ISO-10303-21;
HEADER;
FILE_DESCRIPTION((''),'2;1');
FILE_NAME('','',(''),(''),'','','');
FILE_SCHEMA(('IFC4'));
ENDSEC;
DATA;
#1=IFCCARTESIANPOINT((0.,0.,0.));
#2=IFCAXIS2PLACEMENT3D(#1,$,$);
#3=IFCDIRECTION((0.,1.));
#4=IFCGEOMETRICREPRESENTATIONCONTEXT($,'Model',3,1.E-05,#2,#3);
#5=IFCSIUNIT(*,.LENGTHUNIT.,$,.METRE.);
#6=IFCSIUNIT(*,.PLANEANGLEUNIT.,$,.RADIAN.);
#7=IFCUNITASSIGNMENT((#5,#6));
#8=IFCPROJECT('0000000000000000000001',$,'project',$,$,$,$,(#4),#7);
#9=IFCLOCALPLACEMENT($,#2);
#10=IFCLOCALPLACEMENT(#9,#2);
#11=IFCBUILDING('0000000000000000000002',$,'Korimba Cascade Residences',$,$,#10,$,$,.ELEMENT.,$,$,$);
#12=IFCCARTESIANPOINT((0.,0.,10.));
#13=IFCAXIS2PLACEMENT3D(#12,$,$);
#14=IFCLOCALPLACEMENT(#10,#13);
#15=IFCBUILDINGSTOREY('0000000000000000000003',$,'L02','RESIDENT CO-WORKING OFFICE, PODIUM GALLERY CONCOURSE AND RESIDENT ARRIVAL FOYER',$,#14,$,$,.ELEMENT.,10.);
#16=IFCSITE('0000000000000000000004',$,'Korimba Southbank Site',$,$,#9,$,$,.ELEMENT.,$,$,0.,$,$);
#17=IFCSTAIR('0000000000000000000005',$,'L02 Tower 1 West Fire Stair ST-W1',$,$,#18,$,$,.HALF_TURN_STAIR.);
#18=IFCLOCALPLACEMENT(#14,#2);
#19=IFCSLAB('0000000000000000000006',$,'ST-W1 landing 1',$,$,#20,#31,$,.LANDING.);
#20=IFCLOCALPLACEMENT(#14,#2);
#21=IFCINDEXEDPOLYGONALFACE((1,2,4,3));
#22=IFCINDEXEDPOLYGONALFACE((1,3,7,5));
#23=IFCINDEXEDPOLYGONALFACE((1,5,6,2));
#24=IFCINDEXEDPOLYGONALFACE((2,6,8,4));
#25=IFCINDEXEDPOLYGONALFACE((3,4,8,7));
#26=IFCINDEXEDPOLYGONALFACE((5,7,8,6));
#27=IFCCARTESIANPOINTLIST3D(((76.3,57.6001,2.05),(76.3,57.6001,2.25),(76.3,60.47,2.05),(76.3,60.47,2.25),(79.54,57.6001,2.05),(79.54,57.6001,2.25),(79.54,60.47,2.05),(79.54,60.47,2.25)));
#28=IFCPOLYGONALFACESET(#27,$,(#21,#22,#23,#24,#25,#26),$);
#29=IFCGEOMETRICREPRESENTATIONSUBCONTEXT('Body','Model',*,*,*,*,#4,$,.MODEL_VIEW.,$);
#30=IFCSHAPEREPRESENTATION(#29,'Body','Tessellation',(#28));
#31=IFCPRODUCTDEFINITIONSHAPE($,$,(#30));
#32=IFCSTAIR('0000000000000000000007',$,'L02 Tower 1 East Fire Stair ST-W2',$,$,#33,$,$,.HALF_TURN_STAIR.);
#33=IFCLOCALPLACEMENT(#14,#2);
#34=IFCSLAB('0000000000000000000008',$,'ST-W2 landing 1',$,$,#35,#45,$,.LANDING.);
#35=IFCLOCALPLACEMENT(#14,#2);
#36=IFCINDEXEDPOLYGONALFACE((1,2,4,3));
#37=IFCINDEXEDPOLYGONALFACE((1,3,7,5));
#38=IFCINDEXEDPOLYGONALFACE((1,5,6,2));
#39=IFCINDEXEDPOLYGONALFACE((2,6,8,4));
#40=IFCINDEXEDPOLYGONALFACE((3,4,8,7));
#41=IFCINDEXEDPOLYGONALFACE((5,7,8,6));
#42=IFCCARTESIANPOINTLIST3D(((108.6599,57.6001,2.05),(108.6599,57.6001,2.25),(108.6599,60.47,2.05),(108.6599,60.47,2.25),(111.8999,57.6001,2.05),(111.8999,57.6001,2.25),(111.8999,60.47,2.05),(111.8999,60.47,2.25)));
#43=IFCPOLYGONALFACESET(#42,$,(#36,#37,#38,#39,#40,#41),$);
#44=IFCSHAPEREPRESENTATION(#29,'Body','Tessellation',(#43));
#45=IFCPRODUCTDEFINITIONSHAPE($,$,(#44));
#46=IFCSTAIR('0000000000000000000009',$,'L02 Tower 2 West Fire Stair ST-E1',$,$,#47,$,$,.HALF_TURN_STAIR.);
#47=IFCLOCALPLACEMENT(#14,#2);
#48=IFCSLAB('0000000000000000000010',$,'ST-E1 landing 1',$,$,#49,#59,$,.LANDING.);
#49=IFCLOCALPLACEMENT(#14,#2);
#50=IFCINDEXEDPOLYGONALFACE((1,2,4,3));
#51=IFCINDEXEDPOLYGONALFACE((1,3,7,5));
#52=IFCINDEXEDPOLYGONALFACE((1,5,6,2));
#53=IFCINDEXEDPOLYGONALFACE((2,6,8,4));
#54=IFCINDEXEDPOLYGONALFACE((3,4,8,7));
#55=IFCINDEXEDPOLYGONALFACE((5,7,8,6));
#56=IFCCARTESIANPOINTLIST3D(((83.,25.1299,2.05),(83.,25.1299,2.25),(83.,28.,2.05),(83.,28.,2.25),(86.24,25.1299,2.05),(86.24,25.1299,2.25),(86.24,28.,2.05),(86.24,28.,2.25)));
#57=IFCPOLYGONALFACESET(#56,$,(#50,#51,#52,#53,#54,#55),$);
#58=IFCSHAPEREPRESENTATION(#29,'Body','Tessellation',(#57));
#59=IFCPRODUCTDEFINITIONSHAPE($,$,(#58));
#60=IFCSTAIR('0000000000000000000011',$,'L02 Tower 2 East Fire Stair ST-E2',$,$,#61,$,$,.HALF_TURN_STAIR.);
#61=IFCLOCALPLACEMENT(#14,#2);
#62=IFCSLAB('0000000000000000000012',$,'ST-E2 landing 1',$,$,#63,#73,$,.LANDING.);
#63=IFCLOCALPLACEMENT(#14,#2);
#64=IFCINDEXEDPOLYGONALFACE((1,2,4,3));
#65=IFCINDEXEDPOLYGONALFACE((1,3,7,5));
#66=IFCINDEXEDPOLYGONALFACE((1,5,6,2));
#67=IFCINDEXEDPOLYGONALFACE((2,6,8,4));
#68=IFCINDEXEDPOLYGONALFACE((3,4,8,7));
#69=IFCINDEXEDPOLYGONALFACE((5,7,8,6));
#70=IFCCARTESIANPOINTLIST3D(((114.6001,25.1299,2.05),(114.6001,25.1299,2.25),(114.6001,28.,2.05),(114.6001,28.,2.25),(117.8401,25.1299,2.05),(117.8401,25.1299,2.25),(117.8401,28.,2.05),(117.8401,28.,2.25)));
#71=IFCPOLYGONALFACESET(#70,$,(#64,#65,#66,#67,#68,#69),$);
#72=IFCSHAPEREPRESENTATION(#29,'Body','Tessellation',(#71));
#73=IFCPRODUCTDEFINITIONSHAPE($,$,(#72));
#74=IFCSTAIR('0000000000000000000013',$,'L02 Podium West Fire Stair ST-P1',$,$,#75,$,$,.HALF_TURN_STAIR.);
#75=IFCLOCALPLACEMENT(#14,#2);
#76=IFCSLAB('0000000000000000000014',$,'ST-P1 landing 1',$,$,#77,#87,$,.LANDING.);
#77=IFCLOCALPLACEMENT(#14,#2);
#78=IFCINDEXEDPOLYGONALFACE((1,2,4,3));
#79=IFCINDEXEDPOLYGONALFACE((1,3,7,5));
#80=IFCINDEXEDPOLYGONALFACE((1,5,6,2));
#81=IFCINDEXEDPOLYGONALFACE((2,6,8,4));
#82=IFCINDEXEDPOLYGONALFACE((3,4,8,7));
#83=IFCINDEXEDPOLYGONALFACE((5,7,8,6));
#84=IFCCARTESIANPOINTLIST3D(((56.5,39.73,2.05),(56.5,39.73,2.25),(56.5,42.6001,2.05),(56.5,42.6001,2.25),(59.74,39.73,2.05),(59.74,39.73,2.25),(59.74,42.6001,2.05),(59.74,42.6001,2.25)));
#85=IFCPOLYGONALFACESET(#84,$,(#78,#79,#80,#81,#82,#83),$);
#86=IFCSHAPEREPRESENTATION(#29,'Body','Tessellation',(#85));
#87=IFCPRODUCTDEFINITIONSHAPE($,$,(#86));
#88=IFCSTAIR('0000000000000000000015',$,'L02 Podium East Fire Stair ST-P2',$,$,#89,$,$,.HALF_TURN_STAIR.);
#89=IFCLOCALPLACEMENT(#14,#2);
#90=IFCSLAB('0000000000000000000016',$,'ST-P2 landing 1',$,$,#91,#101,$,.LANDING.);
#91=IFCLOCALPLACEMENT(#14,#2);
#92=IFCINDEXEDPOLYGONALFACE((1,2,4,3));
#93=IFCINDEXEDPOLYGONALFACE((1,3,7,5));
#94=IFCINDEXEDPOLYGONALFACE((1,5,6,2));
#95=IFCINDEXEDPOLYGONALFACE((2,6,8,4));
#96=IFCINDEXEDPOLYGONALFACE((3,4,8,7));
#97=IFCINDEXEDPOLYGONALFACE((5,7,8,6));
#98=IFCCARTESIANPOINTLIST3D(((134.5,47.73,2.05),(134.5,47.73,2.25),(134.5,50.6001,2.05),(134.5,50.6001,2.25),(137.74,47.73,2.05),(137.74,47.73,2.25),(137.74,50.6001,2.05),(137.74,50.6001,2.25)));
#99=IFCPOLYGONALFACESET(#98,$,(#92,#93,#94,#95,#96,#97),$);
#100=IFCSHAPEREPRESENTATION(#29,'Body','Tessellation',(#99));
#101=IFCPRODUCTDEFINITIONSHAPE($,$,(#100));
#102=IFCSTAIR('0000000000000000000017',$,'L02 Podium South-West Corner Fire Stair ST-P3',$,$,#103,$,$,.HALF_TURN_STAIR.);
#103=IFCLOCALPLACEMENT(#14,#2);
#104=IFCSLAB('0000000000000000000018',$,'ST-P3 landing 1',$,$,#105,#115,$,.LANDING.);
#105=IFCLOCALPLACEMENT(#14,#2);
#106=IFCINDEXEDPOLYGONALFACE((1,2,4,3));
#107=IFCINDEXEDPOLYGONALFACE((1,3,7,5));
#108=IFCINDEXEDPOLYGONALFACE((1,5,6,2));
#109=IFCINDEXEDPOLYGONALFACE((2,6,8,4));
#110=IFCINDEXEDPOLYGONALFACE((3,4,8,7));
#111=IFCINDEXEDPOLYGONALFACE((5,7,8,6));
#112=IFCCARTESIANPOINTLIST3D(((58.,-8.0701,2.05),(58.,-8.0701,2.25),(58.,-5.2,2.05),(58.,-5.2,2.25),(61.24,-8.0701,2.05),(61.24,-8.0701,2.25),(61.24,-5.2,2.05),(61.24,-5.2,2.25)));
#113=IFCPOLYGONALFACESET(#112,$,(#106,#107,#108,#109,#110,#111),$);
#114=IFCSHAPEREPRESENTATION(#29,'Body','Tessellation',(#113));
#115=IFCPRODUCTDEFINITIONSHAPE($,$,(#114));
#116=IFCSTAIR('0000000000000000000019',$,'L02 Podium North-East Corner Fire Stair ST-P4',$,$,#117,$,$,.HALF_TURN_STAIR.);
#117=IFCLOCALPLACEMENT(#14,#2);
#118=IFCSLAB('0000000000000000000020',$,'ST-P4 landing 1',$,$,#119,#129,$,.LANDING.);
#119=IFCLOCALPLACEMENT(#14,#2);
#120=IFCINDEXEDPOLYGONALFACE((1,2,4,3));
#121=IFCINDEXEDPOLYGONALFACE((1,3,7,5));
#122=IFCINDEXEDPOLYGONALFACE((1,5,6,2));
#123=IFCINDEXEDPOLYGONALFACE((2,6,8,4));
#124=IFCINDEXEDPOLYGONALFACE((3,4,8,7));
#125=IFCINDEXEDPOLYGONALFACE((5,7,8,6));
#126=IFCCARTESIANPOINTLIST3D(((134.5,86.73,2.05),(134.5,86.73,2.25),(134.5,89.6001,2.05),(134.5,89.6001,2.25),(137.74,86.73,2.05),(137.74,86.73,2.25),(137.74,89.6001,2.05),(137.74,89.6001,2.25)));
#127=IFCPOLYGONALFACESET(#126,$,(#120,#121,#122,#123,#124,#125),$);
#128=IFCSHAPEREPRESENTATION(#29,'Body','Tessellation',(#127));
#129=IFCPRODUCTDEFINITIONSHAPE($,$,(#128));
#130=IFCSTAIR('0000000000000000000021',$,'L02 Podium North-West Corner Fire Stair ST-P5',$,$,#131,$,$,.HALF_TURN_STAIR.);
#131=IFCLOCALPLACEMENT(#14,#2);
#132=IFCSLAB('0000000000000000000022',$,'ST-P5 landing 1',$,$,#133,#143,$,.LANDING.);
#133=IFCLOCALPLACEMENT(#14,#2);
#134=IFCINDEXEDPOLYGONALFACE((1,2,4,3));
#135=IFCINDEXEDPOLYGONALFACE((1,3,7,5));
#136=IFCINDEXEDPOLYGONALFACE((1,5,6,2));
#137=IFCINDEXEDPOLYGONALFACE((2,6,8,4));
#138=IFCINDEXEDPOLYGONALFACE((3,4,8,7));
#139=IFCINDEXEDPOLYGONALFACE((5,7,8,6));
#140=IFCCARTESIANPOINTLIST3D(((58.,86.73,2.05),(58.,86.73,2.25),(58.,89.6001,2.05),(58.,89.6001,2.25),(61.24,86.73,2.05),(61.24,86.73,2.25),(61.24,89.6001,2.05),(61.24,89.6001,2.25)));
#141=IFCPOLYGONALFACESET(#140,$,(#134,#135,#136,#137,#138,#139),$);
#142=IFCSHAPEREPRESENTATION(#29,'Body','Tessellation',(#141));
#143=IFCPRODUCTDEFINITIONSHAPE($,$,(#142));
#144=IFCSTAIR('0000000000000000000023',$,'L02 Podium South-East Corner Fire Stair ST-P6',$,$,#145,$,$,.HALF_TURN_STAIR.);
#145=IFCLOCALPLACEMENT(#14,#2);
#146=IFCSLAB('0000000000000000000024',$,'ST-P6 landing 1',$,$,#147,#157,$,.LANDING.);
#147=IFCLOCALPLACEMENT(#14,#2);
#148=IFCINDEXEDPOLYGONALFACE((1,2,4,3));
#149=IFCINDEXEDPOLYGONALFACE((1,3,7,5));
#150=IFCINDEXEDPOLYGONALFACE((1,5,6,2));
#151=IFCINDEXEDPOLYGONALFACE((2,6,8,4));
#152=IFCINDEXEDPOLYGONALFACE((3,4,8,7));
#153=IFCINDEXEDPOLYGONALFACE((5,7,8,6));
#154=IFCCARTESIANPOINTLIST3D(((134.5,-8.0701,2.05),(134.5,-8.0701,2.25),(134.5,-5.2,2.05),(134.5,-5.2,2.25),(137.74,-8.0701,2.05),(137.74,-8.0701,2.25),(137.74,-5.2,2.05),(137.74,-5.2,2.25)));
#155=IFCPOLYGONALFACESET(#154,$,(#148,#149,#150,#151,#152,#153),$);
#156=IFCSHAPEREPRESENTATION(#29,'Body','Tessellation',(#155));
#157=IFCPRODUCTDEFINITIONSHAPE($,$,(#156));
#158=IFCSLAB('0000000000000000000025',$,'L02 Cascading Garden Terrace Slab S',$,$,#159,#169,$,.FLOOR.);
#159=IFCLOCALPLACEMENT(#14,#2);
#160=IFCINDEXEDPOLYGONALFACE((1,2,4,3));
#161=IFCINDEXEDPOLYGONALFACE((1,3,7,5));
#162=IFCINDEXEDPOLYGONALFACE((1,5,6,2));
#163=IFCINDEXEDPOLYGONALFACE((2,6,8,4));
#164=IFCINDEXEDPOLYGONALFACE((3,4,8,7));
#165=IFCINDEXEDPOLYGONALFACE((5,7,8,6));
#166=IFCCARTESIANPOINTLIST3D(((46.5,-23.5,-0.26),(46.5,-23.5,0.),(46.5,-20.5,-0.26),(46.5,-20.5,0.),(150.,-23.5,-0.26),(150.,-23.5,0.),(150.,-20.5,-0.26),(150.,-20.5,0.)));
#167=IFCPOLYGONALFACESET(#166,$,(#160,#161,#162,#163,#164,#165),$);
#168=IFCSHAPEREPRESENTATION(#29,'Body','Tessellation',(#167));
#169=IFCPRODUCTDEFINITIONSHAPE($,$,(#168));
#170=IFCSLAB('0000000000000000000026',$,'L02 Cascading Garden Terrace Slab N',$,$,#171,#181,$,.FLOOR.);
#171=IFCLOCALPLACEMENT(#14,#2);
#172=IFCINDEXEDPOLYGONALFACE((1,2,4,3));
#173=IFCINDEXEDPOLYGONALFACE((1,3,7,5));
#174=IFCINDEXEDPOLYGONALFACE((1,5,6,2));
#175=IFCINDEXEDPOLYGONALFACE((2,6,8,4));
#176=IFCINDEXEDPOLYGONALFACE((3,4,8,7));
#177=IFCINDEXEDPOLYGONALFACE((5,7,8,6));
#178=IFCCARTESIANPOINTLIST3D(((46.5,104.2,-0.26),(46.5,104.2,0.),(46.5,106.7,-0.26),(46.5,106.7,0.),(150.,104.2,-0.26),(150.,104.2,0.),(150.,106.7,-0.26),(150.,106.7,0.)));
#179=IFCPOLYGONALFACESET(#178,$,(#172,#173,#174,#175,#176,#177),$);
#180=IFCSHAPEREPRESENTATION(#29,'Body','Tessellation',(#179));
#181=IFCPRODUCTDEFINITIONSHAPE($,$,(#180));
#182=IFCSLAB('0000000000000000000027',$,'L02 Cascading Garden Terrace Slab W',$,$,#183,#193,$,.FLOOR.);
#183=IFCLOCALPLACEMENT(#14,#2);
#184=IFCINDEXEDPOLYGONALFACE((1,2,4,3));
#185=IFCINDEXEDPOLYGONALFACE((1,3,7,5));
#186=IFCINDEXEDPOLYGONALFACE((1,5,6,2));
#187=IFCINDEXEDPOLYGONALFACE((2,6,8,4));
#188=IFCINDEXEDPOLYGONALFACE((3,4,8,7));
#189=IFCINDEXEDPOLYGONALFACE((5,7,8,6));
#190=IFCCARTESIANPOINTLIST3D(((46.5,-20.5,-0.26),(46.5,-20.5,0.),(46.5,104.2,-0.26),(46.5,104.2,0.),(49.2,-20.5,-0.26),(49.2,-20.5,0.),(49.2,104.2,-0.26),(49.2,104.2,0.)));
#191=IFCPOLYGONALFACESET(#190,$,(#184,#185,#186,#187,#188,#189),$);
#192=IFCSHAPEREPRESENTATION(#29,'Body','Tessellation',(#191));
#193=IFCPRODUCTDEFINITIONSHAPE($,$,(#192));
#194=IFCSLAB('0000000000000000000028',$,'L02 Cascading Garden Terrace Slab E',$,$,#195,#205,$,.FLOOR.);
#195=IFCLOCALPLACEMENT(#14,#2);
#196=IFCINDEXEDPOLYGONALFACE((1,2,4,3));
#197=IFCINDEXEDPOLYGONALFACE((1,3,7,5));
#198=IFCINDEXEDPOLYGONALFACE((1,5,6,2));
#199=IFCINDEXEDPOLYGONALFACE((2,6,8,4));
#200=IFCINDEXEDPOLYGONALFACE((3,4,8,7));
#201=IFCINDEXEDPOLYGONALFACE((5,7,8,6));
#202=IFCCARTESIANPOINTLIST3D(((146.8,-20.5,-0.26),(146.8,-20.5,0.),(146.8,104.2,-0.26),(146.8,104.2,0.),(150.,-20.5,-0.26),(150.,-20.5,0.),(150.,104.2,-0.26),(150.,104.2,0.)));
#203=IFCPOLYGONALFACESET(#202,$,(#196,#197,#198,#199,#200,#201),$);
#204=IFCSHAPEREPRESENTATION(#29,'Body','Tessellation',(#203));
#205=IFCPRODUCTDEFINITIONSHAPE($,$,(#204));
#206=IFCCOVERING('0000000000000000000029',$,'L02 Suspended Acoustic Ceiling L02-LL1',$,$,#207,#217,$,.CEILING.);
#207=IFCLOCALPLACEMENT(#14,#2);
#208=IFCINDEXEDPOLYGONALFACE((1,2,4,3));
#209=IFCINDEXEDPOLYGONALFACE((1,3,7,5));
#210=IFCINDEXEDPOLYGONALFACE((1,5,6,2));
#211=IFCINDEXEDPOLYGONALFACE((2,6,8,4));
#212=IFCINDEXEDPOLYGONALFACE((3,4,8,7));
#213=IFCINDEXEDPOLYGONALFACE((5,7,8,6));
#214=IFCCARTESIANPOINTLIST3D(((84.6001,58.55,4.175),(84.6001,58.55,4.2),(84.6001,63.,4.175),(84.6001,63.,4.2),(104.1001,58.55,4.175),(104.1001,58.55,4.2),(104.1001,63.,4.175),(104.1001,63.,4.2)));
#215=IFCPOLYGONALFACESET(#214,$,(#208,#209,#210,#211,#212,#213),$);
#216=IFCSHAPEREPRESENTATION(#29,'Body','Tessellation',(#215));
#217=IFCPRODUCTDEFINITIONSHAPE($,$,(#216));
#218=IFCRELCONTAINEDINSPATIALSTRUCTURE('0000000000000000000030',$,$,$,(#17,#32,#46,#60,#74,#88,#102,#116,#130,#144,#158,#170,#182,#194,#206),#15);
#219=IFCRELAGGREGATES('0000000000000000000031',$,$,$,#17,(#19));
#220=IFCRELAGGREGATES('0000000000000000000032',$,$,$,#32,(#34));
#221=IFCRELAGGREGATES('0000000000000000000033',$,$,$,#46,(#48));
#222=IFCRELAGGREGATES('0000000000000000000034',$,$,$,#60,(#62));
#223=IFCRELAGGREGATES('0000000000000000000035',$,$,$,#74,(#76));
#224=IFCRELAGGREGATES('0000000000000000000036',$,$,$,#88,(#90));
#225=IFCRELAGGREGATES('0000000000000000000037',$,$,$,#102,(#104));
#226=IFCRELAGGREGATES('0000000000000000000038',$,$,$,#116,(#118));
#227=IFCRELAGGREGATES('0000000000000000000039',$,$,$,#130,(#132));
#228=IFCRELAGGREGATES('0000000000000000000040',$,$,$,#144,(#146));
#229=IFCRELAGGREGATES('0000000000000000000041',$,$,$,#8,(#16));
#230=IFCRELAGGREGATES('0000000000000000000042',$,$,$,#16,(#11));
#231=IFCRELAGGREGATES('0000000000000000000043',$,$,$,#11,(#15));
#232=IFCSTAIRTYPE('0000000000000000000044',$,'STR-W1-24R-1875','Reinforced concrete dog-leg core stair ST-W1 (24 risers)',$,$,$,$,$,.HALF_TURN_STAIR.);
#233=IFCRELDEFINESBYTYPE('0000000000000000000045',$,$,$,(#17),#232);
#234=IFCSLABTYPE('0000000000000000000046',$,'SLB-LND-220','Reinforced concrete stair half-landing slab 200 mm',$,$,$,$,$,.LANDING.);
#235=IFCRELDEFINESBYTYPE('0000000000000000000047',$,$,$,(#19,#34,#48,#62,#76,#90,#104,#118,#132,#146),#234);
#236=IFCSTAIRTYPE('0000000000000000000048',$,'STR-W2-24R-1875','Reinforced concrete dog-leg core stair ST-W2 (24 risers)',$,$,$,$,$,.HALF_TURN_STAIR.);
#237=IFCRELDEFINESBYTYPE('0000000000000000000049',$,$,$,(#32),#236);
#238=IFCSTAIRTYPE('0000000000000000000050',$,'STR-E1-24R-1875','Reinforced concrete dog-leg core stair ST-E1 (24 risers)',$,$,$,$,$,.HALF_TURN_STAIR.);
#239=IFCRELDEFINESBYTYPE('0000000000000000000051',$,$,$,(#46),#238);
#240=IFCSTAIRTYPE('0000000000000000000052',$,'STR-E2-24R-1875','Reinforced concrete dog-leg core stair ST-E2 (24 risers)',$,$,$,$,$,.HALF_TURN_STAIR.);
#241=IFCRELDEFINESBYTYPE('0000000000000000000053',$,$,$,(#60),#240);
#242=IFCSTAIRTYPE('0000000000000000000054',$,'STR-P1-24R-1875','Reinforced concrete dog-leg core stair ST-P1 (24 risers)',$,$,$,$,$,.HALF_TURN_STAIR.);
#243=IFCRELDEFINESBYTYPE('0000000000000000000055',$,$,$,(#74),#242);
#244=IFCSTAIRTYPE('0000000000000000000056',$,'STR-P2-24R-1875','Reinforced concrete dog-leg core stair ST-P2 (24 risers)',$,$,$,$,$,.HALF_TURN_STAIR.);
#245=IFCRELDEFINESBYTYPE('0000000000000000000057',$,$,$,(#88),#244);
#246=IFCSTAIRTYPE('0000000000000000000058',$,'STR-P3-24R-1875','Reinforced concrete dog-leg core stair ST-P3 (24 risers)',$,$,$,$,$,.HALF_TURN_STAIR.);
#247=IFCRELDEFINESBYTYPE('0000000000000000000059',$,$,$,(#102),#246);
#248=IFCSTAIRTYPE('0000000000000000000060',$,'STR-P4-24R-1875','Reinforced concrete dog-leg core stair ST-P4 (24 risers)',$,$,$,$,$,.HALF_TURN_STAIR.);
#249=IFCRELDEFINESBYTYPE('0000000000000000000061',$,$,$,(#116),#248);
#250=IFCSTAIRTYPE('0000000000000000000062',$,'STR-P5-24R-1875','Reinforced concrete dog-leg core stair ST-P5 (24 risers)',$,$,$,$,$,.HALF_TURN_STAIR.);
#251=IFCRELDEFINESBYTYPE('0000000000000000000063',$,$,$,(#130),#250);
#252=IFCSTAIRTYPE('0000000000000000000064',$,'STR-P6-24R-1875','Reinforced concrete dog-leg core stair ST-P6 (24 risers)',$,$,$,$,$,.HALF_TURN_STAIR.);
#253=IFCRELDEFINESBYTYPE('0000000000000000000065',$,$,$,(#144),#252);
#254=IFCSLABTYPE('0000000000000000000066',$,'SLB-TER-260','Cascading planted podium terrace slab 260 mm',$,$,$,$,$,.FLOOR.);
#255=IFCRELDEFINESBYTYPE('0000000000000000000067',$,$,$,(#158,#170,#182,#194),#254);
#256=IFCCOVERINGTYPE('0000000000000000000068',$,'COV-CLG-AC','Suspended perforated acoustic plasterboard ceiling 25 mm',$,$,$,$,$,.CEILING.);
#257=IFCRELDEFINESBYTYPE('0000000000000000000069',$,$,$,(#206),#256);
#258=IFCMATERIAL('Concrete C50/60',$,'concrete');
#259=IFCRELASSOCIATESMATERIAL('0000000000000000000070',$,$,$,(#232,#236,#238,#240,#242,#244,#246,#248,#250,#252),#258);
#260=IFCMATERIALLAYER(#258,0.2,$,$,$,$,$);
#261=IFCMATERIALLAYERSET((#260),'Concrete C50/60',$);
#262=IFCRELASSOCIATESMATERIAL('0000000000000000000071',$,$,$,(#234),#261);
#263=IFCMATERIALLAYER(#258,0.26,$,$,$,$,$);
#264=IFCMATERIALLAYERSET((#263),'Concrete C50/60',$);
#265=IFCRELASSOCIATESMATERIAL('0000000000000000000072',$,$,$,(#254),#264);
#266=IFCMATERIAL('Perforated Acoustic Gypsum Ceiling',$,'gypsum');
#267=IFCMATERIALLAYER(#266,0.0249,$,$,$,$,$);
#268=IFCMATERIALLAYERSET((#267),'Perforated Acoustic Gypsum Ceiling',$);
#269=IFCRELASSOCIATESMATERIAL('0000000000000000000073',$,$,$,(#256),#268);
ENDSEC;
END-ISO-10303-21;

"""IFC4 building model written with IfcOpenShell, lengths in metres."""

from ifc_helpers import new_model, si_unit, direction, frame, origin, place, context, subcontext, project, spatial, polyline, outline, extrude, material, layer, layer_set, type_object, element, aggregate, save


model = new_model("IFC4")

# Units and contexts
model_context = context("Model", 3, precision=1e-05, world=origin(), true_north=direction((0.0, 1.0)))
body_context = subcontext(model_context, "Body", "Model", "MODEL_VIEW")
ifc_project = project(units=[si_unit("LENGTHUNIT", "METRE"), si_unit("PLANEANGLEUNIT", "RADIAN")], contexts=[model_context])

# Site, building, storey
site_placement = place(None, origin())
site = spatial("IfcSite", under=ifc_project, at=site_placement, Name="Korimba Southbank Site", CompositionType="ELEMENT", RefElevation=0.0)
building_placement = place(site_placement, origin())
building = spatial("IfcBuilding", under=site, at=building_placement, Name="Korimba Cascade Residences", CompositionType="ELEMENT")
storey_placement = place(building_placement, frame((0.0, 0.0, 10.0)))
storey = spatial("IfcBuildingStorey", under=building, at=storey_placement, Name="L02", Description="RESIDENT CO-WORKING OFFICE, PODIUM GALLERY CONCOURSE AND RESIDENT ARRIVAL FOYER", CompositionType="ELEMENT", Elevation=10.0)

# Stairs, slabs
ifc_material_1 = material(Name="Concrete C50/60", Category="concrete")
stair_type_1 = type_object("IfcStairType", Name="STR-W1-24R-1875", Description="Reinforced concrete dog-leg core stair ST-W1 (24 risers)", PredefinedType="HALF_TURN_STAIR", material=ifc_material_1)
stair_1_placement = place(storey_placement, origin())
stair_1 = element("IfcStair", 1, at=stair_1_placement, inside=storey, type_object=stair_type_1, Name="L02 Tower 1 West Fire Stair ST-W1", PredefinedType="HALF_TURN_STAIR")
ifc_layer_1 = layer(ifc_material_1, 0.2)
ifc_layer_set_1 = layer_set([ifc_layer_1], Name="Concrete C50/60")
slab_type_1 = type_object("IfcSlabType", Name="SLB-LND-220", Description="Reinforced concrete stair half-landing slab 200 mm", PredefinedType="LANDING", material=ifc_layer_set_1)
slab_1_placement = place(storey_placement, frame((0.0, 0.0, 2.05)))
slab_1 = element("IfcSlab", 2, at=slab_1_placement, type_object=slab_type_1, Name="ST-W1 landing 1", PredefinedType="LANDING", context=body_context, shape_type="SweptSolid", body=[
    extrude(outline(polyline([(76.3, 60.47), (76.3, 57.6001), (79.54, 57.6001), (79.54, 60.47), (76.3, 60.47)])), origin(), (0.0, 0.0, 1.0), 0.2),
])
aggregate(stair_1, [slab_1])
stair_type_2 = type_object("IfcStairType", Name="STR-W2-24R-1875", Description="Reinforced concrete dog-leg core stair ST-W2 (24 risers)", PredefinedType="HALF_TURN_STAIR", material=ifc_material_1)
stair_2_placement = place(storey_placement, origin())
stair_2 = element("IfcStair", 3, at=stair_2_placement, inside=storey, type_object=stair_type_2, Name="L02 Tower 1 East Fire Stair ST-W2", PredefinedType="HALF_TURN_STAIR")
slab_2_placement = place(storey_placement, frame((0.0, 0.0, 2.05)))
slab_2 = element("IfcSlab", 4, at=slab_2_placement, type_object=slab_type_1, Name="ST-W2 landing 1", PredefinedType="LANDING", context=body_context, shape_type="SweptSolid", body=[
    extrude(outline(polyline([(108.6599, 60.47), (108.6599, 57.6001), (111.8999, 57.6001), (111.8999, 60.47), (108.6599, 60.47)])), origin(), (0.0, 0.0, 1.0), 0.2),
])
aggregate(stair_2, [slab_2])
stair_type_3 = type_object("IfcStairType", Name="STR-E1-24R-1875", Description="Reinforced concrete dog-leg core stair ST-E1 (24 risers)", PredefinedType="HALF_TURN_STAIR", material=ifc_material_1)
stair_3_placement = place(storey_placement, origin())
stair_3 = element("IfcStair", 5, at=stair_3_placement, inside=storey, type_object=stair_type_3, Name="L02 Tower 2 West Fire Stair ST-E1", PredefinedType="HALF_TURN_STAIR")
slab_3_placement = place(storey_placement, frame((0.0, 0.0, 2.05)))
slab_3 = element("IfcSlab", 6, at=slab_3_placement, type_object=slab_type_1, Name="ST-E1 landing 1", PredefinedType="LANDING", context=body_context, shape_type="SweptSolid", body=[
    extrude(outline(polyline([(86.24, 25.1299), (86.24, 28.0), (83.0, 28.0), (83.0, 25.1299), (86.24, 25.1299)])), origin(), (0.0, 0.0, 1.0), 0.2),
])
aggregate(stair_3, [slab_3])
stair_type_4 = type_object("IfcStairType", Name="STR-E2-24R-1875", Description="Reinforced concrete dog-leg core stair ST-E2 (24 risers)", PredefinedType="HALF_TURN_STAIR", material=ifc_material_1)
stair_4_placement = place(storey_placement, origin())
stair_4 = element("IfcStair", 7, at=stair_4_placement, inside=storey, type_object=stair_type_4, Name="L02 Tower 2 East Fire Stair ST-E2", PredefinedType="HALF_TURN_STAIR")
slab_4_placement = place(storey_placement, frame((0.0, 0.0, 2.05)))
slab_4 = element("IfcSlab", 8, at=slab_4_placement, type_object=slab_type_1, Name="ST-E2 landing 1", PredefinedType="LANDING", context=body_context, shape_type="SweptSolid", body=[
    extrude(outline(polyline([(117.8401, 25.1299), (117.8401, 28.0), (114.6001, 28.0), (114.6001, 25.1299), (117.8401, 25.1299)])), origin(), (0.0, 0.0, 1.0), 0.2),
])
aggregate(stair_4, [slab_4])
stair_type_5 = type_object("IfcStairType", Name="STR-P1-24R-1875", Description="Reinforced concrete dog-leg core stair ST-P1 (24 risers)", PredefinedType="HALF_TURN_STAIR", material=ifc_material_1)
stair_5_placement = place(storey_placement, origin())
stair_5 = element("IfcStair", 9, at=stair_5_placement, inside=storey, type_object=stair_type_5, Name="L02 Podium West Fire Stair ST-P1", PredefinedType="HALF_TURN_STAIR")
slab_5_placement = place(storey_placement, frame((0.0, 0.0, 2.05)))
slab_5 = element("IfcSlab", 10, at=slab_5_placement, type_object=slab_type_1, Name="ST-P1 landing 1", PredefinedType="LANDING", context=body_context, shape_type="SweptSolid", body=[
    extrude(outline(polyline([(59.74, 39.73), (59.74, 42.6001), (56.5, 42.6001), (56.5, 39.73), (59.74, 39.73)])), origin(), (0.0, 0.0, 1.0), 0.2),
])
aggregate(stair_5, [slab_5])
stair_type_6 = type_object("IfcStairType", Name="STR-P2-24R-1875", Description="Reinforced concrete dog-leg core stair ST-P2 (24 risers)", PredefinedType="HALF_TURN_STAIR", material=ifc_material_1)
stair_6_placement = place(storey_placement, origin())
stair_6 = element("IfcStair", 11, at=stair_6_placement, inside=storey, type_object=stair_type_6, Name="L02 Podium East Fire Stair ST-P2", PredefinedType="HALF_TURN_STAIR")
slab_6_placement = place(storey_placement, frame((0.0, 0.0, 2.05)))
slab_6 = element("IfcSlab", 12, at=slab_6_placement, type_object=slab_type_1, Name="ST-P2 landing 1", PredefinedType="LANDING", context=body_context, shape_type="SweptSolid", body=[
    extrude(outline(polyline([(137.74, 47.73), (137.74, 50.6001), (134.5, 50.6001), (134.5, 47.73), (137.74, 47.73)])), origin(), (0.0, 0.0, 1.0), 0.2),
])
aggregate(stair_6, [slab_6])
stair_type_7 = type_object("IfcStairType", Name="STR-P3-24R-1875", Description="Reinforced concrete dog-leg core stair ST-P3 (24 risers)", PredefinedType="HALF_TURN_STAIR", material=ifc_material_1)
stair_7_placement = place(storey_placement, origin())
stair_7 = element("IfcStair", 13, at=stair_7_placement, inside=storey, type_object=stair_type_7, Name="L02 Podium South-West Corner Fire Stair ST-P3", PredefinedType="HALF_TURN_STAIR")
slab_7_placement = place(storey_placement, frame((0.0, 0.0, 2.05)))
slab_7 = element("IfcSlab", 14, at=slab_7_placement, type_object=slab_type_1, Name="ST-P3 landing 1", PredefinedType="LANDING", context=body_context, shape_type="SweptSolid", body=[
    extrude(outline(polyline([(61.24, -8.0701), (61.24, -5.2), (58.0, -5.2), (58.0, -8.0701), (61.24, -8.0701)])), origin(), (0.0, 0.0, 1.0), 0.2),
])
aggregate(stair_7, [slab_7])
stair_type_8 = type_object("IfcStairType", Name="STR-P4-24R-1875", Description="Reinforced concrete dog-leg core stair ST-P4 (24 risers)", PredefinedType="HALF_TURN_STAIR", material=ifc_material_1)
stair_8_placement = place(storey_placement, origin())
stair_8 = element("IfcStair", 15, at=stair_8_placement, inside=storey, type_object=stair_type_8, Name="L02 Podium North-East Corner Fire Stair ST-P4", PredefinedType="HALF_TURN_STAIR")
slab_8_placement = place(storey_placement, frame((0.0, 0.0, 2.05)))
slab_8 = element("IfcSlab", 16, at=slab_8_placement, type_object=slab_type_1, Name="ST-P4 landing 1", PredefinedType="LANDING", context=body_context, shape_type="SweptSolid", body=[
    extrude(outline(polyline([(137.74, 86.73), (137.74, 89.6001), (134.5, 89.6001), (134.5, 86.73), (137.74, 86.73)])), origin(), (0.0, 0.0, 1.0), 0.2),
])
aggregate(stair_8, [slab_8])
stair_type_9 = type_object("IfcStairType", Name="STR-P5-24R-1875", Description="Reinforced concrete dog-leg core stair ST-P5 (24 risers)", PredefinedType="HALF_TURN_STAIR", material=ifc_material_1)
stair_9_placement = place(storey_placement, origin())
stair_9 = element("IfcStair", 17, at=stair_9_placement, inside=storey, type_object=stair_type_9, Name="L02 Podium North-West Corner Fire Stair ST-P5", PredefinedType="HALF_TURN_STAIR")
slab_9_placement = place(storey_placement, frame((0.0, 0.0, 2.05)))
slab_9 = element("IfcSlab", 18, at=slab_9_placement, type_object=slab_type_1, Name="ST-P5 landing 1", PredefinedType="LANDING", context=body_context, shape_type="SweptSolid", body=[
    extrude(outline(polyline([(61.24, 86.73), (61.24, 89.6001), (58.0, 89.6001), (58.0, 86.73), (61.24, 86.73)])), origin(), (0.0, 0.0, 1.0), 0.2),
])
aggregate(stair_9, [slab_9])
stair_type_10 = type_object("IfcStairType", Name="STR-P6-24R-1875", Description="Reinforced concrete dog-leg core stair ST-P6 (24 risers)", PredefinedType="HALF_TURN_STAIR", material=ifc_material_1)
stair_10_placement = place(storey_placement, origin())
stair_10 = element("IfcStair", 19, at=stair_10_placement, inside=storey, type_object=stair_type_10, Name="L02 Podium South-East Corner Fire Stair ST-P6", PredefinedType="HALF_TURN_STAIR")
slab_10_placement = place(storey_placement, frame((0.0, 0.0, 2.05)))
slab_10 = element("IfcSlab", 20, at=slab_10_placement, type_object=slab_type_1, Name="ST-P6 landing 1", PredefinedType="LANDING", context=body_context, shape_type="SweptSolid", body=[
    extrude(outline(polyline([(137.74, -8.0701), (137.74, -5.2), (134.5, -5.2), (134.5, -8.0701), (137.74, -8.0701)])), origin(), (0.0, 0.0, 1.0), 0.2),
])
aggregate(stair_10, [slab_10])

# Slabs
ifc_layer_2 = layer(ifc_material_1, 0.26)
ifc_layer_set_2 = layer_set([ifc_layer_2], Name="Concrete C50/60")
slab_type_2 = type_object("IfcSlabType", Name="SLB-TER-260", Description="Cascading planted podium terrace slab 260 mm", PredefinedType="FLOOR", material=ifc_layer_set_2)
slab_11_placement = place(storey_placement, frame((0.0, 0.0, -0.26)))
element("IfcSlab", 21, at=slab_11_placement, inside=storey, type_object=slab_type_2, Name="L02 Cascading Garden Terrace Slab S", PredefinedType="FLOOR", context=body_context, shape_type="SweptSolid", body=[
    extrude(outline(polyline([(46.5, -23.5), (150.0, -23.5), (150.0, -20.5), (46.5, -20.5), (46.5, -23.5)])), origin(), (0.0, 0.0, 1.0), 0.26),
])
slab_12_placement = place(storey_placement, frame((0.0, 0.0, -0.26)))
element("IfcSlab", 22, at=slab_12_placement, inside=storey, type_object=slab_type_2, Name="L02 Cascading Garden Terrace Slab N", PredefinedType="FLOOR", context=body_context, shape_type="SweptSolid", body=[
    extrude(outline(polyline([(46.5, 104.2), (150.0, 104.2), (150.0, 106.7), (46.5, 106.7), (46.5, 104.2)])), origin(), (0.0, 0.0, 1.0), 0.26),
])
slab_13_placement = place(storey_placement, frame((0.0, 0.0, -0.26)))
element("IfcSlab", 23, at=slab_13_placement, inside=storey, type_object=slab_type_2, Name="L02 Cascading Garden Terrace Slab W", PredefinedType="FLOOR", context=body_context, shape_type="SweptSolid", body=[
    extrude(outline(polyline([(46.5, -20.5), (49.2, -20.5), (49.2, 104.2), (46.5, 104.2), (46.5, -20.5)])), origin(), (0.0, 0.0, 1.0), 0.26),
])
slab_14_placement = place(storey_placement, frame((0.0, 0.0, -0.26)))
element("IfcSlab", 24, at=slab_14_placement, inside=storey, type_object=slab_type_2, Name="L02 Cascading Garden Terrace Slab E", PredefinedType="FLOOR", context=body_context, shape_type="SweptSolid", body=[
    extrude(outline(polyline([(146.8, -20.5), (150.0, -20.5), (150.0, 104.2), (146.8, 104.2), (146.8, -20.5)])), origin(), (0.0, 0.0, 1.0), 0.26),
])

# Covering
ifc_material_2 = material(Name="Perforated Acoustic Gypsum Ceiling", Category="gypsum")
ifc_layer_3 = layer(ifc_material_2, 0.0249)
ifc_layer_set_3 = layer_set([ifc_layer_3], Name="Perforated Acoustic Gypsum Ceiling")
covering_type_1 = type_object("IfcCoveringType", Name="COV-CLG-AC", Description="Suspended perforated acoustic plasterboard ceiling 25 mm", PredefinedType="CEILING", material=ifc_layer_set_3)
covering_1_placement = place(storey_placement, frame((0.0, 0.0, 4.175)))
element("IfcCovering", 25, at=covering_1_placement, inside=storey, type_object=covering_type_1, Name="L02 Suspended Acoustic Ceiling L02-LL1", PredefinedType="CEILING", context=body_context, shape_type="SweptSolid", body=[
    extrude(outline(polyline([(84.6001, 58.55), (104.1001, 58.55), (104.1001, 63.0), (84.6001, 63.0), (84.6001, 58.55)])), origin(), (0.0, 0.0, 1.0), 0.0249),
])

save(model, "model.ifc")
